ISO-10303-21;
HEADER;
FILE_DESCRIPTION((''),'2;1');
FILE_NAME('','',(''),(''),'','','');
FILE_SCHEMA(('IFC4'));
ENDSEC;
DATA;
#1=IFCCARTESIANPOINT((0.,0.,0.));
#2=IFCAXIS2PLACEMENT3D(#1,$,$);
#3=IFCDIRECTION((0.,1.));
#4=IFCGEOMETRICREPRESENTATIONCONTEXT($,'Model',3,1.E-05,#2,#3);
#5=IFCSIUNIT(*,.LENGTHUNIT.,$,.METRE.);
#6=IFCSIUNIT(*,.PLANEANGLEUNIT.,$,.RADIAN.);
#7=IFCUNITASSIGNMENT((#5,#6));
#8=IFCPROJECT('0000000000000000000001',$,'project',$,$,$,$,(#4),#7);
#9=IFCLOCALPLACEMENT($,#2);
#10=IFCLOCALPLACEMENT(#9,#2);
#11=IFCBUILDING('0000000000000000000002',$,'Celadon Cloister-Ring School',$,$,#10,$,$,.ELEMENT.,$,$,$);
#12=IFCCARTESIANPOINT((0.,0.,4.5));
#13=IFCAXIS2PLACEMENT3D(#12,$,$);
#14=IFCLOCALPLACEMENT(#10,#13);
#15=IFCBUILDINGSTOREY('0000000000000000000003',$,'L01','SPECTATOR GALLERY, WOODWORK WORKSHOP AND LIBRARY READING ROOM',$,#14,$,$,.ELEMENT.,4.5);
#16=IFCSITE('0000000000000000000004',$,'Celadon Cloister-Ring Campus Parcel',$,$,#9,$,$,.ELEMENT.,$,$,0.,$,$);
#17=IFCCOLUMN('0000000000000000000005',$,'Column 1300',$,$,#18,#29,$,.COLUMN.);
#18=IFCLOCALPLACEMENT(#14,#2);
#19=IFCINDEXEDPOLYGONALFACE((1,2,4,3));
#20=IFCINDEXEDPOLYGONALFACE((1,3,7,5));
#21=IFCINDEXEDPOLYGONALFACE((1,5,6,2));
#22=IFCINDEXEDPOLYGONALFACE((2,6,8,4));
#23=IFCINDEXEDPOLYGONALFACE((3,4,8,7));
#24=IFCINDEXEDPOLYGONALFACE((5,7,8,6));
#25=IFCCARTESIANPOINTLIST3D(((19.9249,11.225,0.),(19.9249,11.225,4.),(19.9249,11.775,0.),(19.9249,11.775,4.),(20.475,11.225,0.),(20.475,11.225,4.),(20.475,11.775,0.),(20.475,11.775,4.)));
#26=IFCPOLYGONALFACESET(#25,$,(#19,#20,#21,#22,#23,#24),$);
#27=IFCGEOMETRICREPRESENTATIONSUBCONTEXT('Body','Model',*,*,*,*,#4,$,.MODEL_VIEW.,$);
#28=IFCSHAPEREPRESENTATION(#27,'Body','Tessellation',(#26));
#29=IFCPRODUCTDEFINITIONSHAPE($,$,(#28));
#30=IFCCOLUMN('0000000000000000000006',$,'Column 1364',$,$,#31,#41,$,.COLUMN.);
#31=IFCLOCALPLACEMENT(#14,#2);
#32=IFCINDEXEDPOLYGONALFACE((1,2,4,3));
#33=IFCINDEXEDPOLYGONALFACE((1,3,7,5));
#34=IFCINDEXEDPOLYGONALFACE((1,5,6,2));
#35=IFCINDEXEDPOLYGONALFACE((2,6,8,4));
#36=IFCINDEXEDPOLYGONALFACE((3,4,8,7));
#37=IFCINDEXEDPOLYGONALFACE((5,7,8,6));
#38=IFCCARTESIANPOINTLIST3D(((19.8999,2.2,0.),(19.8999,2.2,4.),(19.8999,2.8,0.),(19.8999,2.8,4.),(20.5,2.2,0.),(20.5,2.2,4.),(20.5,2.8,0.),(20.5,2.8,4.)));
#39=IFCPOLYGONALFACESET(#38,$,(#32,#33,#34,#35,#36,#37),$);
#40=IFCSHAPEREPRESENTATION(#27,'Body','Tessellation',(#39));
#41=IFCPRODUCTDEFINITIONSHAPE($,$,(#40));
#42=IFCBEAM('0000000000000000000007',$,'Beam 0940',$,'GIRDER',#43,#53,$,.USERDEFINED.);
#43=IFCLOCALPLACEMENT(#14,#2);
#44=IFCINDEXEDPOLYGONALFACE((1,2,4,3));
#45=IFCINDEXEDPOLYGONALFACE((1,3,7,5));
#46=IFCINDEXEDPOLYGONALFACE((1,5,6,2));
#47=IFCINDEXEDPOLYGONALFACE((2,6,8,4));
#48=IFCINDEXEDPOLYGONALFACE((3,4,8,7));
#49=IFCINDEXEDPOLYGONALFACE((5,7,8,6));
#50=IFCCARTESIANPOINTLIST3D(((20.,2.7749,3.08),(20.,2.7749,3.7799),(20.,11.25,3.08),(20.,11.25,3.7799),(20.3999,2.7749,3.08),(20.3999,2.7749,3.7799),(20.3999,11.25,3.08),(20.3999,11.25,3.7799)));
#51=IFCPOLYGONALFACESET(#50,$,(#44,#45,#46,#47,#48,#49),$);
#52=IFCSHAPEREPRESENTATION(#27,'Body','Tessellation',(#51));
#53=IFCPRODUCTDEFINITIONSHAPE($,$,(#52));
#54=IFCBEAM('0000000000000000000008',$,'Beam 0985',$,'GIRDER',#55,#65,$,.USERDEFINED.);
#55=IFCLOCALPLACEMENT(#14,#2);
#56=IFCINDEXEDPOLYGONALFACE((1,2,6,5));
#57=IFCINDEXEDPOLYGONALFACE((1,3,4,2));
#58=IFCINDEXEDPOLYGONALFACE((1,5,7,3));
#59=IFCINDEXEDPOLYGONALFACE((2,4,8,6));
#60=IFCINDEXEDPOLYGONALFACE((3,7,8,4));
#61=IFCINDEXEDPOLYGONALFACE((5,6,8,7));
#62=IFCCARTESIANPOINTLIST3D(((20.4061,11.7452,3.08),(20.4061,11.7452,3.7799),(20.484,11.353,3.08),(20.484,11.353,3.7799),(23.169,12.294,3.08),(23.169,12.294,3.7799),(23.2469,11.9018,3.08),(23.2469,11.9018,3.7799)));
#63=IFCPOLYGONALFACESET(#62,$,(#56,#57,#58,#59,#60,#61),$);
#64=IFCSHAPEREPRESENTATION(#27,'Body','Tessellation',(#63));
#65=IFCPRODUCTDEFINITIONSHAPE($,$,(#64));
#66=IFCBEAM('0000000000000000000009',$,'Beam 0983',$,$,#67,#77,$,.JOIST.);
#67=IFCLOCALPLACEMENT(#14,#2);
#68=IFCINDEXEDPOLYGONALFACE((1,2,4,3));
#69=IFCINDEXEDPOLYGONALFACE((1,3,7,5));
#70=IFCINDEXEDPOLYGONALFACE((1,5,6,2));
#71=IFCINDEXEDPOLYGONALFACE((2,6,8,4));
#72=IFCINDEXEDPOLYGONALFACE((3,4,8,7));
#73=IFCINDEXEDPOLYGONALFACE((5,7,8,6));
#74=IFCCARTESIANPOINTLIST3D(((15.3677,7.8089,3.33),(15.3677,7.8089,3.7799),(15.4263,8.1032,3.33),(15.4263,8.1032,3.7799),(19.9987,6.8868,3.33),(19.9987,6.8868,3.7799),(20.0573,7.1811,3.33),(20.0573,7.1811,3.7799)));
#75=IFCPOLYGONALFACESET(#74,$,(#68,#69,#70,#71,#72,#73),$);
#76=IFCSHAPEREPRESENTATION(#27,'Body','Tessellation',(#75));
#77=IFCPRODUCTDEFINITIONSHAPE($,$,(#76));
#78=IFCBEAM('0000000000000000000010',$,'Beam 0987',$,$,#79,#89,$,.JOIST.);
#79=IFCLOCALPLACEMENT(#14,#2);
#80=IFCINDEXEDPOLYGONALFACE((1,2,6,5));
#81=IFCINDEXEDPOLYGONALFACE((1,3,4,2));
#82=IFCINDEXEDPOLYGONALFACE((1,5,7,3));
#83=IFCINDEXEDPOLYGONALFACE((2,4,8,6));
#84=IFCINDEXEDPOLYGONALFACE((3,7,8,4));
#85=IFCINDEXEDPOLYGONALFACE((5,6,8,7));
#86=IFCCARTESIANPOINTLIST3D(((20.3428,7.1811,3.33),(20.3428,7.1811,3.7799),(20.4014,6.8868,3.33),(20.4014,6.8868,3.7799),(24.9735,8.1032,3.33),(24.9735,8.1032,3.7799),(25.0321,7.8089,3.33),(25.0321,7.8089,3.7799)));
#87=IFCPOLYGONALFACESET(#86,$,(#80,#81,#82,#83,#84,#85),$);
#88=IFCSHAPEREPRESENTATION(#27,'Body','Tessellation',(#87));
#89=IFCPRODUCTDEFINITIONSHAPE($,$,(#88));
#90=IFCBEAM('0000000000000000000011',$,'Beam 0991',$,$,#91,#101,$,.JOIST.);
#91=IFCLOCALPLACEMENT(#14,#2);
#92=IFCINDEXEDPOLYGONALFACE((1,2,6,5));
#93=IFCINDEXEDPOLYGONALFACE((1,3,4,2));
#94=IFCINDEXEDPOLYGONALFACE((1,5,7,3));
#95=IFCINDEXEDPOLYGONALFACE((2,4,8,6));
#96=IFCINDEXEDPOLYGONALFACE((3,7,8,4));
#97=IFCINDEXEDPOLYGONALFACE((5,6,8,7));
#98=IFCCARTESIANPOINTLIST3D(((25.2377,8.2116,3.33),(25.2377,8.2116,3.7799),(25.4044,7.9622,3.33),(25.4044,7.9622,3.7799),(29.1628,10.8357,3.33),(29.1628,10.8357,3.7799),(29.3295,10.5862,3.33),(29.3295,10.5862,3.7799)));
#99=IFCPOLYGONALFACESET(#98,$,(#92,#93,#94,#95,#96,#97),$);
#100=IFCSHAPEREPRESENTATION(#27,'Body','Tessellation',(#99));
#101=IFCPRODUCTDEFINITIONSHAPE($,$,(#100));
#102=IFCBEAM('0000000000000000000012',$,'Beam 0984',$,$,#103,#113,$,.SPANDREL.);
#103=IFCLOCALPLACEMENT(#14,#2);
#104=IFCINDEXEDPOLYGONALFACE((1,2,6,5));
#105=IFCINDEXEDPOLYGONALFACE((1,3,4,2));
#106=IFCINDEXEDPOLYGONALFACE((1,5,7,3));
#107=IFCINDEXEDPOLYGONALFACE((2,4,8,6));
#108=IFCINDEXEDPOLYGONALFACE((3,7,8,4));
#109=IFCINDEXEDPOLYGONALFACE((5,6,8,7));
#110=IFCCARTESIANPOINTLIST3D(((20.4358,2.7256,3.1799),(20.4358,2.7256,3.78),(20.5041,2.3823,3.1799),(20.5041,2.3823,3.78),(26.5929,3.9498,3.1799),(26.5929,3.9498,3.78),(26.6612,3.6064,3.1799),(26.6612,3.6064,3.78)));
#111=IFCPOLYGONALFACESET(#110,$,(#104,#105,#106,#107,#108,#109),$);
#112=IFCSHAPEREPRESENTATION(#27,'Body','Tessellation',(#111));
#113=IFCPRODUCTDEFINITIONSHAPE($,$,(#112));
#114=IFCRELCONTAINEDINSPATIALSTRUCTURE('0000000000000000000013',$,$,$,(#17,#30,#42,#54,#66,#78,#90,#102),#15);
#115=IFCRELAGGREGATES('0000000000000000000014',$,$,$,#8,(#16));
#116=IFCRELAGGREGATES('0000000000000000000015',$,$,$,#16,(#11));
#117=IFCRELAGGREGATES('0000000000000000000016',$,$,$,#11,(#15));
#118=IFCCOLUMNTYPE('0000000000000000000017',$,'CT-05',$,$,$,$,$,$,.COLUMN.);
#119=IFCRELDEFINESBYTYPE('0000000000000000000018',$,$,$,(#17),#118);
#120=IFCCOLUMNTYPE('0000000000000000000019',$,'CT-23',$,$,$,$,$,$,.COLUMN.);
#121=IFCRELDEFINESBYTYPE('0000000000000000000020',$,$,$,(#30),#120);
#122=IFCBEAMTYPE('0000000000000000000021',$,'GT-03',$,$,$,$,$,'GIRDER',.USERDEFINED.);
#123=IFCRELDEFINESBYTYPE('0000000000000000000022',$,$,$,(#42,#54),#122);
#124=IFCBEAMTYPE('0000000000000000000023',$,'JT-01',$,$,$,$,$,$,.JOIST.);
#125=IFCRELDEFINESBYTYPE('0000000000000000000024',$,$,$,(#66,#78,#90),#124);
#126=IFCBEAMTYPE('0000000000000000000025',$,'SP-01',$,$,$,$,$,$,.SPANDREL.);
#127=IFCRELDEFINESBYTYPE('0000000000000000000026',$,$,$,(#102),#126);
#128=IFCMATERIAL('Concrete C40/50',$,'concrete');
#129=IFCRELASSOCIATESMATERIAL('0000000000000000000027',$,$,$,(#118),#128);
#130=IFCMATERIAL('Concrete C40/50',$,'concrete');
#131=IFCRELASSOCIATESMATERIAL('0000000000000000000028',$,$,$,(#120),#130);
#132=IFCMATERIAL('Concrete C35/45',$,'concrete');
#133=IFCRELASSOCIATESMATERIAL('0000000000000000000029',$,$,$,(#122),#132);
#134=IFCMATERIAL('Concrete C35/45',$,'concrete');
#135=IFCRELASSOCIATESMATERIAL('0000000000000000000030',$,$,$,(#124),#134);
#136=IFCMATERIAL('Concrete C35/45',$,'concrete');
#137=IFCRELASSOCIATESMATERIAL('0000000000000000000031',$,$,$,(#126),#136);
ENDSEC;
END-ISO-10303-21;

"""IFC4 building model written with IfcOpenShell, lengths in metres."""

from ifc_helpers import new_model, si_unit, direction, frame, origin, origin_2d, place, context, subcontext, project, spatial, rectangle, extrude, material, material_profile, profile_set, type_object, element, save


model = new_model("IFC4")

# Units and contexts
model_context = context("Model", 3, precision=1e-05, world=origin(), true_north=direction((0.0, 1.0)))
body_context = subcontext(model_context, "Body", "Model", "MODEL_VIEW")
ifc_project = project(units=[si_unit("LENGTHUNIT", "METRE"), si_unit("PLANEANGLEUNIT", "RADIAN")], contexts=[model_context])

# Site, building, storey
site_placement = place(None, origin())
site = spatial("IfcSite", under=ifc_project, at=site_placement, Name="Celadon Cloister-Ring Campus Parcel", CompositionType="ELEMENT", RefElevation=0.0)
building_placement = place(site_placement, origin())
building = spatial("IfcBuilding", under=site, at=building_placement, Name="Celadon Cloister-Ring School", CompositionType="ELEMENT")
storey_placement = place(building_placement, frame((0.0, 0.0, 4.5)))
storey = spatial("IfcBuildingStorey", under=building, at=storey_placement, Name="L01", Description="SPECTATOR GALLERY, WOODWORK WORKSHOP AND LIBRARY READING ROOM", CompositionType="ELEMENT", Elevation=4.5)

# Columns
ifc_material_1 = material(Name="Concrete C40/50", Category="concrete")
ifc_material_profile_1 = material_profile(ifc_material_1, rectangle(XDim=0.55, YDim=0.55, at=origin_2d()), Name="RC550X550")
ifc_profile_set_1 = profile_set([ifc_material_profile_1], Name="Concrete C40/50")
column_type_1 = type_object("IfcColumnType", Name="CT-05", PredefinedType="COLUMN", material=ifc_profile_set_1)
column_1_placement = place(storey_placement, frame((20.2, 11.5, 0.0), z_axis=(0.0, 0.0, 1.0), x_axis=(0.0, -1.0, 0.0)))
element("IfcColumn", 1, at=column_1_placement, inside=storey, type_object=column_type_1, Name="Column 1300", PredefinedType="COLUMN", context=body_context, shape_type="SweptSolid", body=[
    extrude(rectangle(XDim=0.55, YDim=0.55, at=origin_2d()), origin(), (0.0, 0.0, 1.0), 4.0),
])
ifc_material_2 = material(Name="Concrete C40/50", Category="concrete")
ifc_material_profile_2 = material_profile(ifc_material_2, rectangle(XDim=0.6001, YDim=0.6001, at=origin_2d()), Name="RC600X600")
ifc_profile_set_2 = profile_set([ifc_material_profile_2], Name="Concrete C40/50")
column_type_2 = type_object("IfcColumnType", Name="CT-23", PredefinedType="COLUMN", material=ifc_profile_set_2)
column_2_placement = place(storey_placement, frame((20.2, 2.5, 0.0), z_axis=(0.0, 0.0, 1.0), x_axis=(0.0, -1.0, 0.0)))
element("IfcColumn", 2, at=column_2_placement, inside=storey, type_object=column_type_2, Name="Column 1364", PredefinedType="COLUMN", context=body_context, shape_type="SweptSolid", body=[
    extrude(rectangle(XDim=0.6001, YDim=0.6001, at=origin_2d()), origin(), (0.0, 0.0, 1.0), 4.0),
])

# Beams
ifc_material_3 = material(Name="Concrete C35/45", Category="concrete")
ifc_material_profile_3 = material_profile(ifc_material_3, rectangle(XDim=0.3999, YDim=0.7, at=origin_2d()), Name="RC400X700")
ifc_profile_set_3 = profile_set([ifc_material_profile_3], Name="Concrete C35/45")
beam_type_1 = type_object("IfcBeamType", Name="GT-03", ElementType="GIRDER", PredefinedType="USERDEFINED", material=ifc_profile_set_3)
beam_1_placement = place(storey_placement, frame((20.2, 2.7749, 3.4299), z_axis=(0.0, 1.0, 0.0), x_axis=(-1.0, 0.0, 0.0)))
element("IfcBeam", 3, at=beam_1_placement, inside=storey, type_object=beam_type_1, Name="Beam 0940", ObjectType="GIRDER", PredefinedType="USERDEFINED", context=body_context, shape_type="SweptSolid", body=[
    extrude(rectangle(XDim=0.3999, YDim=0.7, at=origin_2d()), origin(), (0.0, 0.0, 1.0), 8.4751),
])
beam_2_placement = place(storey_placement, frame((20.4451, 11.5491, 3.4299), z_axis=(0.980837, 0.194833, 0.0), x_axis=(-0.194833, 0.980837, 0.0)))
element("IfcBeam", 4, at=beam_2_placement, inside=storey, type_object=beam_type_1, Name="Beam 0985", ObjectType="GIRDER", PredefinedType="USERDEFINED", context=body_context, shape_type="SweptSolid", body=[
    extrude(rectangle(XDim=0.3999, YDim=0.7, at=origin_2d()), origin(), (0.0, 0.0, 1.0), 2.8169),
])
ifc_material_4 = material(Name="Concrete C35/45", Category="concrete")
ifc_material_profile_4 = material_profile(ifc_material_4, rectangle(XDim=0.3, YDim=0.45, at=origin_2d()), Name="RC300X450")
ifc_profile_set_4 = profile_set([ifc_material_profile_4], Name="Concrete C35/45")
beam_type_2 = type_object("IfcBeamType", Name="JT-01", PredefinedType="JOIST", material=ifc_profile_set_4)
beam_3_placement = place(storey_placement, frame((15.397, 7.9561, 3.5549), z_axis=(0.980747, -0.195281, 0.0), x_axis=(0.195281, 0.980747, 0.0)))
element("IfcBeam", 5, at=beam_3_placement, inside=storey, type_object=beam_type_2, Name="Beam 0983", PredefinedType="JOIST", context=body_context, shape_type="SweptSolid", body=[
    extrude(rectangle(XDim=0.3, YDim=0.45, at=origin_2d()), origin(), (0.0, 0.0, 1.0), 4.7219),
])
beam_4_placement = place(storey_placement, frame((20.3721, 7.0339, 3.5549), z_axis=(0.980745, 0.195291, 0.0), x_axis=(-0.195291, 0.980745, 0.0)))
element("IfcBeam", 6, at=beam_4_placement, inside=storey, type_object=beam_type_2, Name="Beam 0987", PredefinedType="JOIST", context=body_context, shape_type="SweptSolid", body=[
    extrude(rectangle(XDim=0.3, YDim=0.45, at=origin_2d()), origin(), (0.0, 0.0, 1.0), 4.7217),
])
beam_5_placement = place(storey_placement, frame((25.321, 8.0869, 3.5549), z_axis=(0.831334, 0.555774, 0.0), x_axis=(-0.555774, 0.831334, 0.0)))
element("IfcBeam", 7, at=beam_5_placement, inside=storey, type_object=beam_type_2, Name="Beam 0991", PredefinedType="JOIST", context=body_context, shape_type="SweptSolid", body=[
    extrude(rectangle(XDim=0.3, YDim=0.45, at=origin_2d()), origin(), (0.0, 0.0, 1.0), 4.7214),
])
ifc_material_5 = material(Name="Concrete C35/45", Category="concrete")
ifc_material_profile_5 = material_profile(ifc_material_5, rectangle(XDim=0.3501, YDim=0.6001, at=origin_2d()), Name="RC350X600")
ifc_profile_set_5 = profile_set([ifc_material_profile_5], Name="Concrete C35/45")
beam_type_3 = type_object("IfcBeamType", Name="SP-01", PredefinedType="SPANDREL", material=ifc_profile_set_5)
beam_6_placement = place(storey_placement, frame((20.47, 2.554, 3.48), z_axis=(0.980803, 0.195002, 0.0), x_axis=(-0.195002, 0.980803, 0.0)))
element("IfcBeam", 8, at=beam_6_placement, inside=storey, type_object=beam_type_3, Name="Beam 0984", PredefinedType="SPANDREL", context=body_context, shape_type="SweptSolid", body=[
    extrude(rectangle(XDim=0.3501, YDim=0.6001, at=origin_2d()), origin(), (0.0, 0.0, 1.0), 6.2776),
])

save(model, "model.ifc")
